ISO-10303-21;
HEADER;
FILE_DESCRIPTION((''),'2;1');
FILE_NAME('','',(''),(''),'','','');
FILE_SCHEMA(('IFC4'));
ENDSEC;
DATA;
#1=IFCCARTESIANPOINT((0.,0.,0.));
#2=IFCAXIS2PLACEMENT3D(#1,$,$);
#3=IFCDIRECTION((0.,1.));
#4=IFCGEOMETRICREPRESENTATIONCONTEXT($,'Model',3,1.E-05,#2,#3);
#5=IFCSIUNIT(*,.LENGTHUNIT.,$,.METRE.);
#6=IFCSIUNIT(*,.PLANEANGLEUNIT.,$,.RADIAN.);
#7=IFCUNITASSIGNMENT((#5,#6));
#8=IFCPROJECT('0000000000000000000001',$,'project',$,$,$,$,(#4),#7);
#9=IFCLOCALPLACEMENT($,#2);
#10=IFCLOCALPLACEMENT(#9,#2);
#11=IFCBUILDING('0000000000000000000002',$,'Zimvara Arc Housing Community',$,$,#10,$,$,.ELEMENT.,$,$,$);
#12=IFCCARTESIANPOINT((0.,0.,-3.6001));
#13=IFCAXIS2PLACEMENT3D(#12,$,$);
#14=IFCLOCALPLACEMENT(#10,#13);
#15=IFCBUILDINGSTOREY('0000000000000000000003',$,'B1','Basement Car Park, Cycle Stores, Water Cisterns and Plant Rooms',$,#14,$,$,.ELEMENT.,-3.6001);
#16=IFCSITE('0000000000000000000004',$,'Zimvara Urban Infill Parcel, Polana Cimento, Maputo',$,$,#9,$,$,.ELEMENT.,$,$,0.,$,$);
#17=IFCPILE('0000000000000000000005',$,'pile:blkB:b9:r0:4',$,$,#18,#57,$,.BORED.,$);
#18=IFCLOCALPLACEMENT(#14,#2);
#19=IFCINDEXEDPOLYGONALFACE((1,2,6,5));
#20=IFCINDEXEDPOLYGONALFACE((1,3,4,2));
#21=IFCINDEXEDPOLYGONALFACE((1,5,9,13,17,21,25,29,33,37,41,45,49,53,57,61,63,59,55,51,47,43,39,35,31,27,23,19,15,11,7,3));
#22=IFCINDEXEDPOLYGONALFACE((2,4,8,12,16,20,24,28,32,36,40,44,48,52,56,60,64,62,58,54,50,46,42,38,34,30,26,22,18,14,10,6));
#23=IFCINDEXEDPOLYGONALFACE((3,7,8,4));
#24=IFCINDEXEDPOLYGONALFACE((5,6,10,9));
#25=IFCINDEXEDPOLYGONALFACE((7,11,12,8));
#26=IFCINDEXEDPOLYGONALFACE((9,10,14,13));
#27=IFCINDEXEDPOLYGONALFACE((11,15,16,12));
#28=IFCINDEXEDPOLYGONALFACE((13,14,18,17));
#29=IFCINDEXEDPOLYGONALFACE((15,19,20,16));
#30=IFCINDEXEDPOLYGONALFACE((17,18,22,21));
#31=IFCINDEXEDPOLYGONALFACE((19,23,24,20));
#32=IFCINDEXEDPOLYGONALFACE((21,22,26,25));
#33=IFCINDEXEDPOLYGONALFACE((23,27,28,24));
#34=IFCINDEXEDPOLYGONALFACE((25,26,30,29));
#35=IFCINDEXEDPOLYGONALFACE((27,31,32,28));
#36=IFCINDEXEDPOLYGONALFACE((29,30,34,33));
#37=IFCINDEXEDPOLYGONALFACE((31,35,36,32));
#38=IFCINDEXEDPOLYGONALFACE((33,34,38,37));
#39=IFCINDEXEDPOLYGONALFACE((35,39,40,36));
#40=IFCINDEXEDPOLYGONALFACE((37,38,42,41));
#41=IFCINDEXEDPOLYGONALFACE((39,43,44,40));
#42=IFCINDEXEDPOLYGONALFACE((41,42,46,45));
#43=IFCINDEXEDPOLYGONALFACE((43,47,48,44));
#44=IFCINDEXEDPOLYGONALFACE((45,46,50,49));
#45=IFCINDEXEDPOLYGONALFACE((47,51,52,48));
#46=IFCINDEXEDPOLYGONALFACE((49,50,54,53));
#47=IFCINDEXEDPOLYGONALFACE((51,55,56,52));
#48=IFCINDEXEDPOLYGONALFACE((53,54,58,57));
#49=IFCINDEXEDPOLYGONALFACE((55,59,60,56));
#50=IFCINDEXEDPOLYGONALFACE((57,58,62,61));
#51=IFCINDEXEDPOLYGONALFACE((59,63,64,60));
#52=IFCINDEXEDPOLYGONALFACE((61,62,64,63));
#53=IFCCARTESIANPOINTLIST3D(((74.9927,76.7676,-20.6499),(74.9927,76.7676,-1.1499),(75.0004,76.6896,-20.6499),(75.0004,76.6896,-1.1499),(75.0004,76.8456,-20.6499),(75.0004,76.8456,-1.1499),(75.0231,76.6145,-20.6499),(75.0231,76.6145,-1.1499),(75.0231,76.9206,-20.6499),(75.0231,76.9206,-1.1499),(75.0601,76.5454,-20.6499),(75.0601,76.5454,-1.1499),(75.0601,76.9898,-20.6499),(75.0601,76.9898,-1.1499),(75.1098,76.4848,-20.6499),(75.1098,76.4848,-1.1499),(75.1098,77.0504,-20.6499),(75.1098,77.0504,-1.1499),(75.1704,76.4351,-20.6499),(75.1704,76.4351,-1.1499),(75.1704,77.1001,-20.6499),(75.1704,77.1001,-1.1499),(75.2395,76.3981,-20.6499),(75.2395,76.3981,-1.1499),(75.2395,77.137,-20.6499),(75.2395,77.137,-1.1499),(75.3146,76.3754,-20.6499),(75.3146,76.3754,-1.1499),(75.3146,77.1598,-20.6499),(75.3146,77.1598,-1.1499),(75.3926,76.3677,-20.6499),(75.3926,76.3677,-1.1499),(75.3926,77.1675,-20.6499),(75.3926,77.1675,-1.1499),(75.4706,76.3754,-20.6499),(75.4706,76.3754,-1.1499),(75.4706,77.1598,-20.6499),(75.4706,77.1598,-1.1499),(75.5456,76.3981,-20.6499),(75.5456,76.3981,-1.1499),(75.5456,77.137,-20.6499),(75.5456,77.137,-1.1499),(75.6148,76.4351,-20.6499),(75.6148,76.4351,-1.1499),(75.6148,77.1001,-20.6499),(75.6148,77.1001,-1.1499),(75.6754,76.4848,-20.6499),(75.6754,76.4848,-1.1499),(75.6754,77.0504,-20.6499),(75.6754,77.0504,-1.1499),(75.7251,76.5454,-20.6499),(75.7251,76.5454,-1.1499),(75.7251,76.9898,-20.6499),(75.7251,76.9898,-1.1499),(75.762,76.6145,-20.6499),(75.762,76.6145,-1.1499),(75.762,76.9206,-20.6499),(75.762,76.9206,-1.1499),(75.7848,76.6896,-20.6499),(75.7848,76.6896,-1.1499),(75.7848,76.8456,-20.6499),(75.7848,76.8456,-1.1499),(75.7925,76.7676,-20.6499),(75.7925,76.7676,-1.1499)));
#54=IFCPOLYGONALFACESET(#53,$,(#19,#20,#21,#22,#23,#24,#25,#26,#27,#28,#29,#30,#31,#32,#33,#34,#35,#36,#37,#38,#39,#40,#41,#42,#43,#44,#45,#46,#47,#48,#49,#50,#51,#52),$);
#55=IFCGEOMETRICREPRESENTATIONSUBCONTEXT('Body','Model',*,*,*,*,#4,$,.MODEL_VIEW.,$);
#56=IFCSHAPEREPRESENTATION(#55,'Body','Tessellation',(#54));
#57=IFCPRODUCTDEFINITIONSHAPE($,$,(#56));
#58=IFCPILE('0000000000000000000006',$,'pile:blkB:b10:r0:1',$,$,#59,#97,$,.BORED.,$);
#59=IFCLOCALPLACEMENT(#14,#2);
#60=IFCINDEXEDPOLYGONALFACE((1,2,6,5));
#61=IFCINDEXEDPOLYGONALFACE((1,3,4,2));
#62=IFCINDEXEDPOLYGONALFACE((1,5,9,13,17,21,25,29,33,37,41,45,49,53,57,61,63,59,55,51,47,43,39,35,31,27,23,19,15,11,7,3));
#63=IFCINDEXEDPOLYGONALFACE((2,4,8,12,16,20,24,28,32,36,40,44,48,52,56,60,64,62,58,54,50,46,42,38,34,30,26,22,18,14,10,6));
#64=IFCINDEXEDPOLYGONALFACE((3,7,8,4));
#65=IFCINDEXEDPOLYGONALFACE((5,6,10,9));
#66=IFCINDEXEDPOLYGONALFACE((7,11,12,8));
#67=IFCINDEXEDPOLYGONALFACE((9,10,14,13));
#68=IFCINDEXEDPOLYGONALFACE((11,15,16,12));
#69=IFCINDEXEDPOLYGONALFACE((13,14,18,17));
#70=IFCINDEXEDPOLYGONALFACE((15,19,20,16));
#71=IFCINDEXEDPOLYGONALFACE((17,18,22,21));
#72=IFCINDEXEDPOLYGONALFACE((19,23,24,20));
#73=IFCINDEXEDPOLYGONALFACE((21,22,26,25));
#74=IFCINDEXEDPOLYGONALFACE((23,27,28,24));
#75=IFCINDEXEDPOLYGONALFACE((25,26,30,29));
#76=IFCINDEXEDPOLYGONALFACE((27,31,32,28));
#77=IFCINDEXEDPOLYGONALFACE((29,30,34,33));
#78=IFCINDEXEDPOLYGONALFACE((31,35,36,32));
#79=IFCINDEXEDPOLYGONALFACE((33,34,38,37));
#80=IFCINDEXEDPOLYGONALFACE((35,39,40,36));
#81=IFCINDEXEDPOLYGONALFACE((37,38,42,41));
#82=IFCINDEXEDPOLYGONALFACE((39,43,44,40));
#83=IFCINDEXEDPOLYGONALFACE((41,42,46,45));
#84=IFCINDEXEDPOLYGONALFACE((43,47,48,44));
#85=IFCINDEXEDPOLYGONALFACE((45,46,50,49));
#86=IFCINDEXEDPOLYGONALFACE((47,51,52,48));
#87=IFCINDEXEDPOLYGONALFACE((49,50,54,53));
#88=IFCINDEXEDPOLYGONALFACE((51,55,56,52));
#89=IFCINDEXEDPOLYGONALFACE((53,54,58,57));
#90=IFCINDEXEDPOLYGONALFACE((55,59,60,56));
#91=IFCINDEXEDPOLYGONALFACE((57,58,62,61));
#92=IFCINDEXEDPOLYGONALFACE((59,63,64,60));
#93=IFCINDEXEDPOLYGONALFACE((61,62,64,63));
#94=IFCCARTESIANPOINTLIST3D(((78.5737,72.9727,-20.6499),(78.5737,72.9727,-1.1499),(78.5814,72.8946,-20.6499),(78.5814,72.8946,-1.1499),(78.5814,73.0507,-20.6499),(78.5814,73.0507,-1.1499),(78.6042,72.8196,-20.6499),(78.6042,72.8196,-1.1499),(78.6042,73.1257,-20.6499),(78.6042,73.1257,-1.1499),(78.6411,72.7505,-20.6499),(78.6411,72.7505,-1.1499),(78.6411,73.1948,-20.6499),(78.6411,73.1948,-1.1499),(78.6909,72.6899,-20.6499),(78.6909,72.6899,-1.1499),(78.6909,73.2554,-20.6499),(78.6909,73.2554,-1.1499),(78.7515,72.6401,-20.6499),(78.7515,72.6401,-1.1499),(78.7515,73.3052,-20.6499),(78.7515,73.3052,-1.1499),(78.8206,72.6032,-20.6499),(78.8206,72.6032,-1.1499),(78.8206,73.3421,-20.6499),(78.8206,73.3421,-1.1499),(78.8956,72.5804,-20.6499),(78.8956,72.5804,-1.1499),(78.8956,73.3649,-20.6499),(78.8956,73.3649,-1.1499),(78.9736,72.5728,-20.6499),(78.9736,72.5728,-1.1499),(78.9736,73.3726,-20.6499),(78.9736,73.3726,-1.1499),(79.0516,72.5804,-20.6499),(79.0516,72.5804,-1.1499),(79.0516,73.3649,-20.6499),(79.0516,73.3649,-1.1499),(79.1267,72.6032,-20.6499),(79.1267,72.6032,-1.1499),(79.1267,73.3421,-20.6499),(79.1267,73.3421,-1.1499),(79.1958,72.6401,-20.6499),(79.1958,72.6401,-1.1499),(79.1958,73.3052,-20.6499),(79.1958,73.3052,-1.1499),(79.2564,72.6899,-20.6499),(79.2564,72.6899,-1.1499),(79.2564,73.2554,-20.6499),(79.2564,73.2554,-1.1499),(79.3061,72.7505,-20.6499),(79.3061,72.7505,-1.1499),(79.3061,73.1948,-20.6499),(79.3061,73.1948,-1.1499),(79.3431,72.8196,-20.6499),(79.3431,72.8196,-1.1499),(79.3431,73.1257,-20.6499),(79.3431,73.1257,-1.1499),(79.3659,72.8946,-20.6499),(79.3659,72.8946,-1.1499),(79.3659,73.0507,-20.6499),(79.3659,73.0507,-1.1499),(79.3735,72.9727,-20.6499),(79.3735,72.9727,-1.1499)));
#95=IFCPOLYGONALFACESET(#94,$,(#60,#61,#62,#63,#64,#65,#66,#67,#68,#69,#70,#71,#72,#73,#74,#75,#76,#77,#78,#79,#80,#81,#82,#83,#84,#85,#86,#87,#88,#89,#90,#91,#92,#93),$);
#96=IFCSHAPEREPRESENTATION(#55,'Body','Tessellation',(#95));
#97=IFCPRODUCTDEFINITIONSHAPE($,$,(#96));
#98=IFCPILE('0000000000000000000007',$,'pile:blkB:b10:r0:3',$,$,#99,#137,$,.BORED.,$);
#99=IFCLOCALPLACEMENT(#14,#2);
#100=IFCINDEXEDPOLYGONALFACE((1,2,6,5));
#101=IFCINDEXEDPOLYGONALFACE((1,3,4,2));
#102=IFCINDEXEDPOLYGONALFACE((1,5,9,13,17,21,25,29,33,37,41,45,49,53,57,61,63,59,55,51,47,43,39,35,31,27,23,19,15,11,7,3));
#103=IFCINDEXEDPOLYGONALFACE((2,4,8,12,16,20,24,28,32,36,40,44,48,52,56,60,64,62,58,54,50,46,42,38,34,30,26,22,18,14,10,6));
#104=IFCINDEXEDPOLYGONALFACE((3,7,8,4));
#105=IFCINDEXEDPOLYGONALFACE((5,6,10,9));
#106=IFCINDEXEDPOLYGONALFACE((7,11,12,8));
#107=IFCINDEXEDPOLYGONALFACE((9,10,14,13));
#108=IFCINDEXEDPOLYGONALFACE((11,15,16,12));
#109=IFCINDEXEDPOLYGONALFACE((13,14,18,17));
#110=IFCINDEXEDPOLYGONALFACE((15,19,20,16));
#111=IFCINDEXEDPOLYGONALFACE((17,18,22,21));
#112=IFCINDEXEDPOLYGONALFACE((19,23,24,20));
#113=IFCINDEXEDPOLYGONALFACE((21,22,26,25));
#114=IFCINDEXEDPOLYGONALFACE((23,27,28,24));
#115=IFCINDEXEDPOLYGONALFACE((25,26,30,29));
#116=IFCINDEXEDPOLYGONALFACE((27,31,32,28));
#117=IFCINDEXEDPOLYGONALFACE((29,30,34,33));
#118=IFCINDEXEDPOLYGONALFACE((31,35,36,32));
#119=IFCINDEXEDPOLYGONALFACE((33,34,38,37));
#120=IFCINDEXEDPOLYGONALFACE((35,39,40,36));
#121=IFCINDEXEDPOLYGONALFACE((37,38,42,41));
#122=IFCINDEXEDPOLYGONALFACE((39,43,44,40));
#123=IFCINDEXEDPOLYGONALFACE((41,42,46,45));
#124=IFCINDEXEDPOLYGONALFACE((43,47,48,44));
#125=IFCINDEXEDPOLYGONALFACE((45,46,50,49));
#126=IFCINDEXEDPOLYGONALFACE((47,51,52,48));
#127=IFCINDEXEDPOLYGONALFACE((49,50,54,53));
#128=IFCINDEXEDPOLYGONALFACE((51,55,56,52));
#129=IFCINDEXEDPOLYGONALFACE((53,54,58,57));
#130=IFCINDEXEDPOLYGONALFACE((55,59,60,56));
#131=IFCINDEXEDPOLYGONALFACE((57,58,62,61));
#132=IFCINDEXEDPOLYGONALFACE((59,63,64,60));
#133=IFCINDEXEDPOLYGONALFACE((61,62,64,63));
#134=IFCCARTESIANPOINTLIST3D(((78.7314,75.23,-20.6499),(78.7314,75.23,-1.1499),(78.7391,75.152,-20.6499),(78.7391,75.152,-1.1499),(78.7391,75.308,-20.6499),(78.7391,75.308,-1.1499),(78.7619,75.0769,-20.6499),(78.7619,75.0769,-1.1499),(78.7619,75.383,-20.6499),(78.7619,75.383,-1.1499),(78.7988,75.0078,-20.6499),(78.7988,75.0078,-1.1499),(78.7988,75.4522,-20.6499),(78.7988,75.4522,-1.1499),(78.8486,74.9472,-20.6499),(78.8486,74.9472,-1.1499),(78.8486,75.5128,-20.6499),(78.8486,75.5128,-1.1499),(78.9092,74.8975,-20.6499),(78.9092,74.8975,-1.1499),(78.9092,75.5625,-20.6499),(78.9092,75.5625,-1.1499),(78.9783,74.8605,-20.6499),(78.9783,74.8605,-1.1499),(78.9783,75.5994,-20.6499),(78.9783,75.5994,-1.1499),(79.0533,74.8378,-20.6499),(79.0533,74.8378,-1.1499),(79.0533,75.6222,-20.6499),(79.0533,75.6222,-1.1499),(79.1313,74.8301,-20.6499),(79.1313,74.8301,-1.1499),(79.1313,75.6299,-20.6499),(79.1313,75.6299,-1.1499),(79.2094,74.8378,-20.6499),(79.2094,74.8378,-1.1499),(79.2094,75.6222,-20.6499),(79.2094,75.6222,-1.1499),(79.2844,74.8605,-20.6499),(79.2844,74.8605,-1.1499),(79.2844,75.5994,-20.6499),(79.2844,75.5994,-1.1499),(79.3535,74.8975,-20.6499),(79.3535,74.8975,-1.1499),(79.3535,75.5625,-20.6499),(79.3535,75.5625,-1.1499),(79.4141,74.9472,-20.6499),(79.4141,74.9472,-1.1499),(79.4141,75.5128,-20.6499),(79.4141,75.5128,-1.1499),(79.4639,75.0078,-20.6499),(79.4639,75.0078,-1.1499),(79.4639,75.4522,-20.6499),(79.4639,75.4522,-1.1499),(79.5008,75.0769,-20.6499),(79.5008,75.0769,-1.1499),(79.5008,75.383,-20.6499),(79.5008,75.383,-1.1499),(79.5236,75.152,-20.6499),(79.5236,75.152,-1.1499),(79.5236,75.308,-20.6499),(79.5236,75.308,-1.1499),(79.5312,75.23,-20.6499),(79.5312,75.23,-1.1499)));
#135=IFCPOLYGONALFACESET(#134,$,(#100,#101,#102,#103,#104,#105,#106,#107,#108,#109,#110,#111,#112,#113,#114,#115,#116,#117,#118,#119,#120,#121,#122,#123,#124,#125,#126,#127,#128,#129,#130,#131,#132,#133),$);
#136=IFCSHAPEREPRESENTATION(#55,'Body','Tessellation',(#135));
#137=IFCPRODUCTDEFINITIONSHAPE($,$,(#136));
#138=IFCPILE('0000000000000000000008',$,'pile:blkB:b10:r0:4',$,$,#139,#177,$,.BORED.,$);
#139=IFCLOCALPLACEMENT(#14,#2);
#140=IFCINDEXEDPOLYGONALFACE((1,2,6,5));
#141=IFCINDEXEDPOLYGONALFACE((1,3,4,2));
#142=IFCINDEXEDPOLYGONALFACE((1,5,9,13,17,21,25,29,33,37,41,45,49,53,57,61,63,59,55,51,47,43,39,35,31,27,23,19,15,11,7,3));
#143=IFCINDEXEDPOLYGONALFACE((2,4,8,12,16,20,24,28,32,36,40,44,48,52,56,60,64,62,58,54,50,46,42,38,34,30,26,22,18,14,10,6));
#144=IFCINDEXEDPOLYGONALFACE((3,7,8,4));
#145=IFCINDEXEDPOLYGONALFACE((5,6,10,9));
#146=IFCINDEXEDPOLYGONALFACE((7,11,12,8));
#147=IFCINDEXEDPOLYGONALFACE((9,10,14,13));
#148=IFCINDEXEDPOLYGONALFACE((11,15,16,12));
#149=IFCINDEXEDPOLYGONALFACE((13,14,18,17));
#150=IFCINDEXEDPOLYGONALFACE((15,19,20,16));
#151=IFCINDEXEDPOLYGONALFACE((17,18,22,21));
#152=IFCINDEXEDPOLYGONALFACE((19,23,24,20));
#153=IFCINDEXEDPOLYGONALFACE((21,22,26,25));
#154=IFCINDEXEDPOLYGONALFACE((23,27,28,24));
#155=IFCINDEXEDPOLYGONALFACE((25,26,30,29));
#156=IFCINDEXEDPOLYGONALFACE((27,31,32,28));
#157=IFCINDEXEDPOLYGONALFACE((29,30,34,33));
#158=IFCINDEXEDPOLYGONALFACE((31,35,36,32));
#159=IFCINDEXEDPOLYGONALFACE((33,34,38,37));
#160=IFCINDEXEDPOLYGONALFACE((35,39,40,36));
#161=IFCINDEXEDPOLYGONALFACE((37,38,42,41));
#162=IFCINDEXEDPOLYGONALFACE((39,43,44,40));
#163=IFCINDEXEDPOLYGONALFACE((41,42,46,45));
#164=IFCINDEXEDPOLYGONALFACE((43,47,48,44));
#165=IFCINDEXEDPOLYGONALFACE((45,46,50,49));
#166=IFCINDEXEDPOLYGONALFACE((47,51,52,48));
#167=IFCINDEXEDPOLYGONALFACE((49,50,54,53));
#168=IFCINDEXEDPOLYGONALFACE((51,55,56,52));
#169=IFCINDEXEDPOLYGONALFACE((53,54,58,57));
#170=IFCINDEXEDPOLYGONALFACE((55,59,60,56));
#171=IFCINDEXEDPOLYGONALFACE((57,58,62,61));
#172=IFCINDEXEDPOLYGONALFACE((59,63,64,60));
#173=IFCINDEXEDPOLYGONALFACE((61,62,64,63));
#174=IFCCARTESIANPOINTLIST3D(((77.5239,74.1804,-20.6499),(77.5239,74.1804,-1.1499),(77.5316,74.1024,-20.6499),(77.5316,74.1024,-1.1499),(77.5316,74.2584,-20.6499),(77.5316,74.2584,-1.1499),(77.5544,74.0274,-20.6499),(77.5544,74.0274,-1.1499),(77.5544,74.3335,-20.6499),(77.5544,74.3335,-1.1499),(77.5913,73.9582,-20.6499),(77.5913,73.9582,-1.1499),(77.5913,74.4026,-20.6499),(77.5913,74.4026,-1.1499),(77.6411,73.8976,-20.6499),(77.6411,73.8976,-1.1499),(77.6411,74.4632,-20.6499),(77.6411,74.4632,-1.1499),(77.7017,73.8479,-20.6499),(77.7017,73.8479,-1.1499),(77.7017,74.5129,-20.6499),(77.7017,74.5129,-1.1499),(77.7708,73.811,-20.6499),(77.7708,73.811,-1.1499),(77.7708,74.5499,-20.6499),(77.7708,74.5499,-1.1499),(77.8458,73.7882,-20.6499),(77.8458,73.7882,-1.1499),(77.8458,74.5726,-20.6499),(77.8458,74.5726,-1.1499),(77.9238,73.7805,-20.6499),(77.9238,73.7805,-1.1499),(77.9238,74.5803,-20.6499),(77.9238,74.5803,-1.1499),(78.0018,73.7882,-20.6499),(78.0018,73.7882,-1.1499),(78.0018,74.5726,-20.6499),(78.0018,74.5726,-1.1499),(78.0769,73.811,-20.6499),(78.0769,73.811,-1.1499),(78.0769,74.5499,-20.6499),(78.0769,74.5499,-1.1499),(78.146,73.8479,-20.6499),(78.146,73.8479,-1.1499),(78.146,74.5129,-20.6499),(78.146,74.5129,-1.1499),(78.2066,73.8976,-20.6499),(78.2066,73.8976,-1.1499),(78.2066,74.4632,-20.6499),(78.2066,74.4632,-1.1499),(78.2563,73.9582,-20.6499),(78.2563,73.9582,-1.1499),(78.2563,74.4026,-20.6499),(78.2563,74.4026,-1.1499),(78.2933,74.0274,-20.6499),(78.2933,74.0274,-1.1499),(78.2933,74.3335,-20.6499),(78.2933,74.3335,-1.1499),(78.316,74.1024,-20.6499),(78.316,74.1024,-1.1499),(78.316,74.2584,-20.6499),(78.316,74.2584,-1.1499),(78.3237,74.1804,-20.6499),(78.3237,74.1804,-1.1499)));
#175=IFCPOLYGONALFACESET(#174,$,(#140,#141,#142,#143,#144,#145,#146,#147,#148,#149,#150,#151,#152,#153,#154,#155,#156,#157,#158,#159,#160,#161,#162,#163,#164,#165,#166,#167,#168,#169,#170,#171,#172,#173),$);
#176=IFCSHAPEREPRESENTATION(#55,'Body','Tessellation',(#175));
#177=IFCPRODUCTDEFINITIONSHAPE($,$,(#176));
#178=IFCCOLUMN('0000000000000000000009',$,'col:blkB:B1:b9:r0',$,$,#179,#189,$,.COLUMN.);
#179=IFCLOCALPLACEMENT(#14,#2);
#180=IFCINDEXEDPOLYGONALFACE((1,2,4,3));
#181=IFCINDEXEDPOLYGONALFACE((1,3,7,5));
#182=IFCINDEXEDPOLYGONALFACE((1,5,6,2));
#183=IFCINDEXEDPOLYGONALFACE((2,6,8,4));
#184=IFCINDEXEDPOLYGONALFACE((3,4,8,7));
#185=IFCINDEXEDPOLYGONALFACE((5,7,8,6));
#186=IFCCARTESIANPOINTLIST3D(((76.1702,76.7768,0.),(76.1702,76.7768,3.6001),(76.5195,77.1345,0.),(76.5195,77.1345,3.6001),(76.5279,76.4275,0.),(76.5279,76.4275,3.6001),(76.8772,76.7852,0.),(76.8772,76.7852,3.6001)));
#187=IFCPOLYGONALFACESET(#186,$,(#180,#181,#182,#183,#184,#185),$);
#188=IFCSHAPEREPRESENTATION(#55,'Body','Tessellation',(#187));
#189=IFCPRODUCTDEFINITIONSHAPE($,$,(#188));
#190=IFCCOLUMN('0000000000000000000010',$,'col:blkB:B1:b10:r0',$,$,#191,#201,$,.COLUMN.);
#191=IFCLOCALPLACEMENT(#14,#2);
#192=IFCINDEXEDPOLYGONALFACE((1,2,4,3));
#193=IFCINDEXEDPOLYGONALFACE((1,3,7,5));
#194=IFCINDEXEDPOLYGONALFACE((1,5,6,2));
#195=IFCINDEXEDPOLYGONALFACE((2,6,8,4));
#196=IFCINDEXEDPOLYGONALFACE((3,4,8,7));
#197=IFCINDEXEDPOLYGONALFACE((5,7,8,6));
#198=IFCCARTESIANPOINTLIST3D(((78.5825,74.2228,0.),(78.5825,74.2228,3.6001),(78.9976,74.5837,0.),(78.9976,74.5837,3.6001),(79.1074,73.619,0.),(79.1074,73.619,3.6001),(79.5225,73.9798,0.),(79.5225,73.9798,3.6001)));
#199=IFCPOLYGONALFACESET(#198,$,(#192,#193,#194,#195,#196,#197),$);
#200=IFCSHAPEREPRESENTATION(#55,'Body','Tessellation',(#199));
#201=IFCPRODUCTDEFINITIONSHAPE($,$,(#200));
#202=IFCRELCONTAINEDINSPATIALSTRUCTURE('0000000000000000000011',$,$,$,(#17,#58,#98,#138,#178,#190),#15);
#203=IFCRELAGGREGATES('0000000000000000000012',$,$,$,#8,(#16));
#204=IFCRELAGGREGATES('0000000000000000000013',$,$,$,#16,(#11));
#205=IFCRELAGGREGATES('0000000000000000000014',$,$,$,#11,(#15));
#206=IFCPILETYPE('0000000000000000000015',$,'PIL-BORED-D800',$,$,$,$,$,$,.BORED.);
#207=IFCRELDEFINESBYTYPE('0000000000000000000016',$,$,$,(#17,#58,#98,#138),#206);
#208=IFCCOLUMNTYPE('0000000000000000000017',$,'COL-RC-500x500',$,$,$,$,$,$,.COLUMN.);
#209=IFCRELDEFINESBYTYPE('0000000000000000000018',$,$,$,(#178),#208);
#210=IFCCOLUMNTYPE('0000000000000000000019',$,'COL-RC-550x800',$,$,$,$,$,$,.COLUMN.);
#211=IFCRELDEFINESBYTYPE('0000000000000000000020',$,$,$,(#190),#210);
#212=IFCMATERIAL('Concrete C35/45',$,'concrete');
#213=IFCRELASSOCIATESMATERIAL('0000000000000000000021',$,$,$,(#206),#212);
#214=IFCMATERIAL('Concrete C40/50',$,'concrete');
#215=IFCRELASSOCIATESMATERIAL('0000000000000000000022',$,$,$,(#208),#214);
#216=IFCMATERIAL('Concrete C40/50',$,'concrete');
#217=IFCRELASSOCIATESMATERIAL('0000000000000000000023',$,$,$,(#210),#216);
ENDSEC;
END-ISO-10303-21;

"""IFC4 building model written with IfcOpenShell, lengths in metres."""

from ifc_helpers import new_model, si_unit, direction, frame, origin, origin_2d, place, context, subcontext, project, spatial, rectangle, circle, extrude, material, material_profile, profile_set, type_object, element, save


model = new_model("IFC4")

# Units and contexts
model_context = context("Model", 3, precision=1e-05, world=origin(), true_north=direction((0.0, 1.0)))
body_context = subcontext(model_context, "Body", "Model", "MODEL_VIEW")
ifc_project = project(units=[si_unit("LENGTHUNIT", "METRE"), si_unit("PLANEANGLEUNIT", "RADIAN")], contexts=[model_context])

# Site, building, storey
site_placement = place(None, origin())
site = spatial("IfcSite", under=ifc_project, at=site_placement, Name="Zimvara Urban Infill Parcel, Polana Cimento, Maputo", CompositionType="ELEMENT", RefElevation=0.0)
building_placement = place(site_placement, origin())
building = spatial("IfcBuilding", under=site, at=building_placement, Name="Zimvara Arc Housing Community", CompositionType="ELEMENT")
storey_placement = place(building_placement, frame((0.0, 0.0, -3.6001)))
storey = spatial("IfcBuildingStorey", under=building, at=storey_placement, Name="B1", Description="Basement Car Park, Cycle Stores, Water Cisterns and Plant Rooms", CompositionType="ELEMENT", Elevation=-3.6001)

# Piles
ifc_material_1 = material(Name="Concrete C35/45", Category="concrete")
ifc_material_profile_1 = material_profile(ifc_material_1, circle(Radius=0.3999, at=origin_2d()), Name="PILE D800")
ifc_profile_set_1 = profile_set([ifc_material_profile_1], Name="Concrete C35/45")
pile_type = type_object("IfcPileType", Name="PIL-BORED-D800", PredefinedType="BORED", material=ifc_profile_set_1)
for number, where, z_axis, x_axis, name in (
    (1, (75.3926, 76.7676, -1.1499), (0.0, 0.0, -1.0), (1.0, 0.0, 0.0), "pile:blkB:b9:r0:4"),
    (2, (78.9736, 72.9727, -1.1499), (0.0, 0.0, -1.0), (1.0, 0.0, 0.0), "pile:blkB:b10:r0:1"),
    (3, (79.1313, 75.23, -1.1499), (0.0, 0.0, -1.0), (1.0, 0.0, 0.0), "pile:blkB:b10:r0:3"),
    (4, (77.9238, 74.1804, -1.1499), (0.0, 0.0, -1.0), (1.0, 0.0, 0.0), "pile:blkB:b10:r0:4"),
):
    element("IfcPile", number, at=place(storey_placement, frame(where, z_axis=z_axis, x_axis=x_axis)), inside=storey, type_object=pile_type, Name=name, PredefinedType="BORED", context=body_context, shape_type="SweptSolid", body=[
        extrude(circle(Radius=0.3999, at=origin_2d()), origin(), (0.0, 0.0, 1.0), 19.5),
    ])

# Columns
ifc_material_2 = material(Name="Concrete C40/50", Category="concrete")
ifc_material_profile_2 = material_profile(ifc_material_2, rectangle(XDim=0.5, YDim=0.5, at=origin_2d()), Name="RC 500x500")
ifc_profile_set_2 = profile_set([ifc_material_profile_2], Name="Concrete C40/50")
column_type_1 = type_object("IfcColumnType", Name="COL-RC-500x500", PredefinedType="COLUMN", material=ifc_profile_set_2)
column_1_placement = place(storey_placement, frame((76.5237, 76.781, 0.0), z_axis=(0.0, 0.0, 1.0), x_axis=(0.698665, 0.715449, 0.0)))
element("IfcColumn", 5, at=column_1_placement, inside=storey, type_object=column_type_1, Name="col:blkB:B1:b9:r0", PredefinedType="COLUMN", context=body_context, shape_type="SweptSolid", body=[
    extrude(rectangle(XDim=0.5, YDim=0.5, at=origin_2d()), origin(), (0.0, 0.0, 1.0), 3.6001),
])
ifc_material_3 = material(Name="Concrete C40/50", Category="concrete")
ifc_material_profile_3 = material_profile(ifc_material_3, rectangle(XDim=0.55, YDim=0.8, at=origin_2d()), Name="RC 550x800")
ifc_profile_set_3 = profile_set([ifc_material_profile_3], Name="Concrete C40/50")
column_type_2 = type_object("IfcColumnType", Name="COL-RC-550x800", PredefinedType="COLUMN", material=ifc_profile_set_3)
column_2_placement = place(storey_placement, frame((79.0525, 74.1013, 0.0), z_axis=(0.0, 0.0, 1.0), x_axis=(0.75471, 0.656059, 0.0)))
element("IfcColumn", 6, at=column_2_placement, inside=storey, type_object=column_type_2, Name="col:blkB:B1:b10:r0", PredefinedType="COLUMN", context=body_context, shape_type="SweptSolid", body=[
    extrude(rectangle(XDim=0.55, YDim=0.8, at=origin_2d()), origin(), (0.0, 0.0, 1.0), 3.6001),
])

save(model, "model.ifc")
